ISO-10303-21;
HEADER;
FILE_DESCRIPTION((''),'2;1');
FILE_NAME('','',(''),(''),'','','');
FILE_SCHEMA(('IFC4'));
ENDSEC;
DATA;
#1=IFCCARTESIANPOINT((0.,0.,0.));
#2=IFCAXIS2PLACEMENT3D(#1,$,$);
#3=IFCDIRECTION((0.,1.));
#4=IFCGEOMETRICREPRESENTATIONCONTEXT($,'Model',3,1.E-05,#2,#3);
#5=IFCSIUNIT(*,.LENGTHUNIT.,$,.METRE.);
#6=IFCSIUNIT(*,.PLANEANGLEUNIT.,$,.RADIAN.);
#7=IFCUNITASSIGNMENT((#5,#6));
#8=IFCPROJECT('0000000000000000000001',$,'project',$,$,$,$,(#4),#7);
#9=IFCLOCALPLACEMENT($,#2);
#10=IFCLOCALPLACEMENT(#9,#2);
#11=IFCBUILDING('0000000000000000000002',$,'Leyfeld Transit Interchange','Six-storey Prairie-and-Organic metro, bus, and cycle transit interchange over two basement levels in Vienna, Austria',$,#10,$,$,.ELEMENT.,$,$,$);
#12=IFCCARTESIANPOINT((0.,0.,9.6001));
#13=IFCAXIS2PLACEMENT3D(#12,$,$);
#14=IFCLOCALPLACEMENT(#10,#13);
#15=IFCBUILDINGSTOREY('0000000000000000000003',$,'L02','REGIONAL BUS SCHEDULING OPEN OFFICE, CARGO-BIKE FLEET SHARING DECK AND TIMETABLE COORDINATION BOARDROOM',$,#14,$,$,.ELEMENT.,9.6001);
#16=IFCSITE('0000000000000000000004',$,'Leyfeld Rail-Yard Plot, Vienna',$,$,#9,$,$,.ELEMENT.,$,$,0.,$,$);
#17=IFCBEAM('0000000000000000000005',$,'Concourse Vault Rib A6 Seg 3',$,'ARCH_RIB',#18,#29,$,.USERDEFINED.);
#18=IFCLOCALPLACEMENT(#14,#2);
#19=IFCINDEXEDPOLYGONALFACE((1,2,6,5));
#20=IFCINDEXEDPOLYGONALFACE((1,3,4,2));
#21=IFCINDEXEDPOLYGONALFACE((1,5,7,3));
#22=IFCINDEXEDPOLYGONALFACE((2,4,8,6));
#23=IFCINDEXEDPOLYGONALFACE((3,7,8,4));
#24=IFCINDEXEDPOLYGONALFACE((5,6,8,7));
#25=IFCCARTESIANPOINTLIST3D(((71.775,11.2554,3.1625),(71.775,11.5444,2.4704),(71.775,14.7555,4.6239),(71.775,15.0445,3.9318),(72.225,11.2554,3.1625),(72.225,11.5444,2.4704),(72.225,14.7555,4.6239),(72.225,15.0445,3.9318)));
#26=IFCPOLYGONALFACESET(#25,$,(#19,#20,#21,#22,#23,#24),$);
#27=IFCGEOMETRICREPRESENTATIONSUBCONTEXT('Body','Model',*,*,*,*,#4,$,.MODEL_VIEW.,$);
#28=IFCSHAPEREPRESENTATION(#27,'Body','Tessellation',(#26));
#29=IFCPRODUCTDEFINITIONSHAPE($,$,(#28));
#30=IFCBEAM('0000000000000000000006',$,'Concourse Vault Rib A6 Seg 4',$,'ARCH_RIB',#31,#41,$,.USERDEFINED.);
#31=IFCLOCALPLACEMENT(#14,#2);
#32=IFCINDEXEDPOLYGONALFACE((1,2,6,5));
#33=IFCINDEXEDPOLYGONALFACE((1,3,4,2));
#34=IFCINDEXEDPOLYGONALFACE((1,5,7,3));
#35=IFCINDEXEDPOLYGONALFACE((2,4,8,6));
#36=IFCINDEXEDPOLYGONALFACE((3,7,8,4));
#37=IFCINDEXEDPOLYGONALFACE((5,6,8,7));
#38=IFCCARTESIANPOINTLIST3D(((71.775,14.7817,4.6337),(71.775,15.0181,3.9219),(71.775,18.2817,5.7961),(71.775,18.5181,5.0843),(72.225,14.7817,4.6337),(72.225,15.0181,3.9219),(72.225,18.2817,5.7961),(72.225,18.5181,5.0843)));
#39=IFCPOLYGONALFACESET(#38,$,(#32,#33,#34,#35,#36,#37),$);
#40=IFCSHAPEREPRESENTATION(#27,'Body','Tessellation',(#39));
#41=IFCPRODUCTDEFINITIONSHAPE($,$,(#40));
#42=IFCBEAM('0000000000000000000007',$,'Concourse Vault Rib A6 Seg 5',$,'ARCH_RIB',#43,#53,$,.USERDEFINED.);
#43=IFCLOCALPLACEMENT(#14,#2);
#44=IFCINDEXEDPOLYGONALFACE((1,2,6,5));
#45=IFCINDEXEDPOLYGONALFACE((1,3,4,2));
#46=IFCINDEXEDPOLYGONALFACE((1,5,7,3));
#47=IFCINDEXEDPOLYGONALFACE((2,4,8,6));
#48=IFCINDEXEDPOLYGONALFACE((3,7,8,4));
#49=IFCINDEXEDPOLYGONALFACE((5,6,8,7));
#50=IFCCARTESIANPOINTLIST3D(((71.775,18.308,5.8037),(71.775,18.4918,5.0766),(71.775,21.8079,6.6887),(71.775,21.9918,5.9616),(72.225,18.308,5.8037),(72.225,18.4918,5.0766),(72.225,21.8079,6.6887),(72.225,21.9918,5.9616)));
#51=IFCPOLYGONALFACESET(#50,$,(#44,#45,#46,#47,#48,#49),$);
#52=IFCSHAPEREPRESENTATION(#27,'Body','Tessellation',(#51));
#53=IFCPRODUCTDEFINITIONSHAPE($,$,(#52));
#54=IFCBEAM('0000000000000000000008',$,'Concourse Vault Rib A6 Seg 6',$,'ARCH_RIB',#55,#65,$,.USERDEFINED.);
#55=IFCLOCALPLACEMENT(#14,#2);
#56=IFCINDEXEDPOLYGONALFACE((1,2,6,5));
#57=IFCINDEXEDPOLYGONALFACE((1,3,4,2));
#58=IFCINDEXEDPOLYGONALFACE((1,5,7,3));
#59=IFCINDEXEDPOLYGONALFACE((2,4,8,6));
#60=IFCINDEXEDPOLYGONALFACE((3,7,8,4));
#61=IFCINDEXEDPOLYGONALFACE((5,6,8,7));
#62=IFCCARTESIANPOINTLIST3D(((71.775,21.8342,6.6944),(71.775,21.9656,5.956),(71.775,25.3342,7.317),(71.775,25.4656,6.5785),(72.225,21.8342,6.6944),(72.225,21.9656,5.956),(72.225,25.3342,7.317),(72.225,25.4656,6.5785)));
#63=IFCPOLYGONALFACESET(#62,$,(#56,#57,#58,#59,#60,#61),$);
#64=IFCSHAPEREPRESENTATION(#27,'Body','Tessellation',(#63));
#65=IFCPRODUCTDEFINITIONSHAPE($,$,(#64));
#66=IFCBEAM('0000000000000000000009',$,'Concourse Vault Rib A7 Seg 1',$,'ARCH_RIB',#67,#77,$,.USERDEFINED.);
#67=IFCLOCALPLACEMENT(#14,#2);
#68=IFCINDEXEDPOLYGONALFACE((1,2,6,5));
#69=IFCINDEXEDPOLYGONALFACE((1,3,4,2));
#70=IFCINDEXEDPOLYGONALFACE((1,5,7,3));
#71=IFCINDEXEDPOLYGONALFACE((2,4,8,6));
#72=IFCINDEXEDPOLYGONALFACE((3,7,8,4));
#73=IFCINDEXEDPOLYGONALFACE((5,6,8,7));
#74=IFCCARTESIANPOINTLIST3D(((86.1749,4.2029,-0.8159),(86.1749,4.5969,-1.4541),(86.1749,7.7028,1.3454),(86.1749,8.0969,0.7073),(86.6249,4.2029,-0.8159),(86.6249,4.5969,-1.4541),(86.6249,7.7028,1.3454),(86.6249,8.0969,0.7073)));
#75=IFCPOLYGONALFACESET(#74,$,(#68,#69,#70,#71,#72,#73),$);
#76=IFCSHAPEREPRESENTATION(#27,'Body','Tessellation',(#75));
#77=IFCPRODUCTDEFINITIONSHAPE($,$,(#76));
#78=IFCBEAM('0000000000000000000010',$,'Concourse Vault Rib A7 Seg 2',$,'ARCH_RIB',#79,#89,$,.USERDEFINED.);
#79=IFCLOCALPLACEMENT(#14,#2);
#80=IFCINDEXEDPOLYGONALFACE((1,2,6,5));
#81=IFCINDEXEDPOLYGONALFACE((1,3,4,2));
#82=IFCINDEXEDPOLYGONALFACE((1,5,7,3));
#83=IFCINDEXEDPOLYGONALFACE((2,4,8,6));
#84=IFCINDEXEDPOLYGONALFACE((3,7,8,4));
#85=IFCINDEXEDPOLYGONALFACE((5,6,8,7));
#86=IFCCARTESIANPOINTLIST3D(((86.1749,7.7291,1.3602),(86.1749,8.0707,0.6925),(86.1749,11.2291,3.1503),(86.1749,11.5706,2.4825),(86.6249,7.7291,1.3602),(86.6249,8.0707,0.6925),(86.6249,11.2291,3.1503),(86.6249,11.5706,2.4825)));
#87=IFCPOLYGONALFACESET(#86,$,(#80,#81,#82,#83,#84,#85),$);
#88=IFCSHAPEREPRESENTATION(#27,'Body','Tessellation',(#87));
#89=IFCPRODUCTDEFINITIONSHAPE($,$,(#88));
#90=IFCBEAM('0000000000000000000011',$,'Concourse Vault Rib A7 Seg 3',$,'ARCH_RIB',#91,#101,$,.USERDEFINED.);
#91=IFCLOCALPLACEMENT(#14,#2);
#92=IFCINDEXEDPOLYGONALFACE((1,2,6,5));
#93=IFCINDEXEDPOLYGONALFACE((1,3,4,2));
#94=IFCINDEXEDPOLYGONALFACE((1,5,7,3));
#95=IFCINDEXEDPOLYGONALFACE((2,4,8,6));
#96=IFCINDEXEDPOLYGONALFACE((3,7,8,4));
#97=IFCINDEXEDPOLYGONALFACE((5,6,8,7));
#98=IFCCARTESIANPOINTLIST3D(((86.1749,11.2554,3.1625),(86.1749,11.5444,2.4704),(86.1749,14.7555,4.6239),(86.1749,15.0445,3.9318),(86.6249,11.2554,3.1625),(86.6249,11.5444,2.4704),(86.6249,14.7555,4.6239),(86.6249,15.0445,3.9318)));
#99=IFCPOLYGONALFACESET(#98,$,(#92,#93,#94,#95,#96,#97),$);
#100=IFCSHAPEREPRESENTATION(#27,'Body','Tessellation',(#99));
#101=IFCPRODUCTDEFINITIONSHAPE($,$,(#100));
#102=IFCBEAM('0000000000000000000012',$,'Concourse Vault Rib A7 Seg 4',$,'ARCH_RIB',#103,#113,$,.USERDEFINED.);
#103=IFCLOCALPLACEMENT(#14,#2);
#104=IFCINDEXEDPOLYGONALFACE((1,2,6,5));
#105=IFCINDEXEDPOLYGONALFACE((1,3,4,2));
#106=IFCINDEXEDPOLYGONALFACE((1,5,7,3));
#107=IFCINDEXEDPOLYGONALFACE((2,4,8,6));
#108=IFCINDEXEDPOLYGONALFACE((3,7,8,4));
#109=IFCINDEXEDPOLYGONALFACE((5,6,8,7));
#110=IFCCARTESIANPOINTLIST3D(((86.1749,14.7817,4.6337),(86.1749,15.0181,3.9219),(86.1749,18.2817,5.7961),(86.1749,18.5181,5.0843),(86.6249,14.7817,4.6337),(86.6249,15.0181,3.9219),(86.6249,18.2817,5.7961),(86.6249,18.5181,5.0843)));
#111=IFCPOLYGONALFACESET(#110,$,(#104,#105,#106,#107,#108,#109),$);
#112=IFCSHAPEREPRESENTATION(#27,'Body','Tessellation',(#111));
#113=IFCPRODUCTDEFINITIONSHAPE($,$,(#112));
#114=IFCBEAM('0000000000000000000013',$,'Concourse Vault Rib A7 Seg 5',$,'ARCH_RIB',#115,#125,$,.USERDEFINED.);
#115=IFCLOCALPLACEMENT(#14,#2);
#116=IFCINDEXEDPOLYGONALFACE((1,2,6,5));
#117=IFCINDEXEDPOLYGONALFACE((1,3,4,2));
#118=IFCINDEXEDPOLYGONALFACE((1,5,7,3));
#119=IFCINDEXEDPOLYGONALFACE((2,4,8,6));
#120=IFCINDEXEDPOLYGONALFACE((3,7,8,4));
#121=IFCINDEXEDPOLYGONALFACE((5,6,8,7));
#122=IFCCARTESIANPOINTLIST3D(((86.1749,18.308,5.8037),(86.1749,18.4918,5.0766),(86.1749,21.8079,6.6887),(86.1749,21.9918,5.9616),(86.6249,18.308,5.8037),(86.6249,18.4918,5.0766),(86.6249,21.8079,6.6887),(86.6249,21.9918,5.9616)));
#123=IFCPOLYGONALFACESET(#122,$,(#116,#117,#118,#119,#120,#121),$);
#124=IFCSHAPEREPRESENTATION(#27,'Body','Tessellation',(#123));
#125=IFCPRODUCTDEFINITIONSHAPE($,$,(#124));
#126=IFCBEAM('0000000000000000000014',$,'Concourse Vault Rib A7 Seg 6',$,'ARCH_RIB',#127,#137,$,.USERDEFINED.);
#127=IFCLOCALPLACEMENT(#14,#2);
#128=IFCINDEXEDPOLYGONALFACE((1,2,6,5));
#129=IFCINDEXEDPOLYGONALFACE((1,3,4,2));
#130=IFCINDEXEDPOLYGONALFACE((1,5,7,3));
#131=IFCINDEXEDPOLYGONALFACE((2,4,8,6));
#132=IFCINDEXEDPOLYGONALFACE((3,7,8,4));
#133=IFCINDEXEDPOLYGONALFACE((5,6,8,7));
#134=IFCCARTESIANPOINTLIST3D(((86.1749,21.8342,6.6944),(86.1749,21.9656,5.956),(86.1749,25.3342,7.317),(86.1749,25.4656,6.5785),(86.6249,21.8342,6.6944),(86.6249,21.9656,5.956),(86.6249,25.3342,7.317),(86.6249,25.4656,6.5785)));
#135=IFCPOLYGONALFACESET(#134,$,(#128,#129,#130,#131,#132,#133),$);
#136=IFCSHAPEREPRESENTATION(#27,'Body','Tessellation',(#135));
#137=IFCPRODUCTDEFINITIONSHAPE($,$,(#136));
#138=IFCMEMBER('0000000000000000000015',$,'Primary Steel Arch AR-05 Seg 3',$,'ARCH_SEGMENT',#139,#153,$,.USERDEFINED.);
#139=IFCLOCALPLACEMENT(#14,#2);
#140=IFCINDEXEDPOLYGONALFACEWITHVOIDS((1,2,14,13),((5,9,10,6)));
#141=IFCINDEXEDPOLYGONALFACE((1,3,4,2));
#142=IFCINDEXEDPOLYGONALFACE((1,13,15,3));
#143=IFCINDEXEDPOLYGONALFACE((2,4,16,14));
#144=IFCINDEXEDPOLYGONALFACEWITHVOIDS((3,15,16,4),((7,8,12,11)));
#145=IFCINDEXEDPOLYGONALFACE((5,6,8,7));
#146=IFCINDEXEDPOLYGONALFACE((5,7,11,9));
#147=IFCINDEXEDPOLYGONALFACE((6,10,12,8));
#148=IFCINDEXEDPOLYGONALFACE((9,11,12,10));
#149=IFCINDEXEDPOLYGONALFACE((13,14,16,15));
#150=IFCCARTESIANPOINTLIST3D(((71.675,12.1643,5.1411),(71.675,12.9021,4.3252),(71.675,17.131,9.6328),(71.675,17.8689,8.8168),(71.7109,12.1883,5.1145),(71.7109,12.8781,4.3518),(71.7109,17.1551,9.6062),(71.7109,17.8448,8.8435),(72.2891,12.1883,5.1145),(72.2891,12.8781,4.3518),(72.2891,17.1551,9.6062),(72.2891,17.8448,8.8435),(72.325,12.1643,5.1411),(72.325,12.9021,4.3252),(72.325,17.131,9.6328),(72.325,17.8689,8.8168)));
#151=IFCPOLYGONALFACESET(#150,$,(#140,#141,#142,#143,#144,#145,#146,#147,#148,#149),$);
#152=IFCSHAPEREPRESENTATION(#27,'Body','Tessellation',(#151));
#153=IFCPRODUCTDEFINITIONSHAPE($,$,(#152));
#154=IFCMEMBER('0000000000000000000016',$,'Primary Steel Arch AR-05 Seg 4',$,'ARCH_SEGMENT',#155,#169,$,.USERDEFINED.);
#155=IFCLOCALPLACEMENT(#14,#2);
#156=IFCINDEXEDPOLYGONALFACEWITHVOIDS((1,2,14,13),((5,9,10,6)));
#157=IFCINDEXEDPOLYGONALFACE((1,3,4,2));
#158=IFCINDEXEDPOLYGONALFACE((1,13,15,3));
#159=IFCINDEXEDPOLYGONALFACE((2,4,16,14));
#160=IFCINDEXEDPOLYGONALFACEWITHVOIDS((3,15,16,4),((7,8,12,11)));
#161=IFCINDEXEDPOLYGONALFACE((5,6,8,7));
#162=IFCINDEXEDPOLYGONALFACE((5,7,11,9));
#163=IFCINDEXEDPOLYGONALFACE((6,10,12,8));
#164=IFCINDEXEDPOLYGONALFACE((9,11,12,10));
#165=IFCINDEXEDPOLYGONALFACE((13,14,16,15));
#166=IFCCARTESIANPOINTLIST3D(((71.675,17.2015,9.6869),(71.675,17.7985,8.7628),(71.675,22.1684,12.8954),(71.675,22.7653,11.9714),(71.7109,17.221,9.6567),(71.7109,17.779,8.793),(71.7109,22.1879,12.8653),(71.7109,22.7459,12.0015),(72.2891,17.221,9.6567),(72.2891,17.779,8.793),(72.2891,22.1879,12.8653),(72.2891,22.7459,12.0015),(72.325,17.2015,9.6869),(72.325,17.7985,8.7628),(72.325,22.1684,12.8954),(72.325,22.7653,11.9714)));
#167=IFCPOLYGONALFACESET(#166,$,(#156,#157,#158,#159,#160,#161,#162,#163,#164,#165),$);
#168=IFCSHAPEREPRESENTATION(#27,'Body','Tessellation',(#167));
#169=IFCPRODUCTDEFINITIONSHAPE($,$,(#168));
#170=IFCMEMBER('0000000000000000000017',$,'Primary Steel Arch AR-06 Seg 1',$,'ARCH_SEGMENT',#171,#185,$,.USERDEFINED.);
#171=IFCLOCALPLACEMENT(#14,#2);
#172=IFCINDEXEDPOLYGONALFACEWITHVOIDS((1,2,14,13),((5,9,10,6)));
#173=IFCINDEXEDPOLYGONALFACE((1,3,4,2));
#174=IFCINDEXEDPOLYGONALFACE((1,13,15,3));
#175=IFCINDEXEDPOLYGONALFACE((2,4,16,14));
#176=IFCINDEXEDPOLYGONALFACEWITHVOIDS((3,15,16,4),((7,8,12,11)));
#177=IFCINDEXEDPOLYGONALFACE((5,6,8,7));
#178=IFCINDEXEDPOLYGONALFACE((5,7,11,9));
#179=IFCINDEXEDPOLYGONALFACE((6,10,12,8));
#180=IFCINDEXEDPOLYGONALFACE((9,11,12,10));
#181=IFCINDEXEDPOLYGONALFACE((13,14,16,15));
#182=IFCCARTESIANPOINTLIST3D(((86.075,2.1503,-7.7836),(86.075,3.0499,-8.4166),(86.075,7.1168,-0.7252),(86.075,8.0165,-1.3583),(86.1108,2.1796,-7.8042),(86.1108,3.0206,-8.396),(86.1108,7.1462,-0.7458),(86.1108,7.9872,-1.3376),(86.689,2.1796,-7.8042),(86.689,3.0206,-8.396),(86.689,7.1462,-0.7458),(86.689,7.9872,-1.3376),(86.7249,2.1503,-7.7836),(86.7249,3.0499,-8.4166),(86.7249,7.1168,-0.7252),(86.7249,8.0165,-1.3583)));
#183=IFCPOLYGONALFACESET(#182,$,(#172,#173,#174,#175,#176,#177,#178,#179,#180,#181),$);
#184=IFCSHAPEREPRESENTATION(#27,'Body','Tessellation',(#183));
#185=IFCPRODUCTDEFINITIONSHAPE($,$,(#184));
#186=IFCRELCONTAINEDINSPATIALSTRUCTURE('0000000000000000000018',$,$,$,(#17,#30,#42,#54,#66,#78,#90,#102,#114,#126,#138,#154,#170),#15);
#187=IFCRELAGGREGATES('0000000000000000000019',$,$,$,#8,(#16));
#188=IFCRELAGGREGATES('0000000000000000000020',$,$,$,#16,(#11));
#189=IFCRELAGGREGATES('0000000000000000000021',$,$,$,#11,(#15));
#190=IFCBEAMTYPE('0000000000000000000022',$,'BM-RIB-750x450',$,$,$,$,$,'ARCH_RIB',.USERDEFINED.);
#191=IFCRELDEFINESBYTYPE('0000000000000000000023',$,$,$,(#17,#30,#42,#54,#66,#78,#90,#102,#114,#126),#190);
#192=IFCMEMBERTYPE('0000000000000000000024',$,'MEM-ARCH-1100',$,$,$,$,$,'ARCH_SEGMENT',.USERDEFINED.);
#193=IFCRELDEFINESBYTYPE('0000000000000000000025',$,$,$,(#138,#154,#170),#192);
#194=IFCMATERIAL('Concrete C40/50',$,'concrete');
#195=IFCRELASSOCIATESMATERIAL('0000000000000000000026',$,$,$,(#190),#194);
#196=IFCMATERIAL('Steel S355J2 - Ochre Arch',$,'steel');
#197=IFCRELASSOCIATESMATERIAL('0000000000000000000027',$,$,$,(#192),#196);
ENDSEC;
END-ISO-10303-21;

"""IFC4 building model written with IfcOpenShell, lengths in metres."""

from ifc_helpers import new_model, si_unit, direction, frame, origin, origin_2d, place, context, subcontext, project, spatial, rectangle, hollow_rectangle, extrude, material, material_profile, profile_set, type_object, element, save


model = new_model("IFC4")

# Units and contexts
model_context = context("Model", 3, precision=1e-05, world=origin(), true_north=direction((0.0, 1.0)))
body_context = subcontext(model_context, "Body", "Model", "MODEL_VIEW")
ifc_project = project(units=[si_unit("LENGTHUNIT", "METRE"), si_unit("PLANEANGLEUNIT", "RADIAN")], contexts=[model_context])

# Site, building, storey
site_placement = place(None, origin())
site = spatial("IfcSite", under=ifc_project, at=site_placement, Name="Leyfeld Rail-Yard Plot, Vienna", CompositionType="ELEMENT", RefElevation=0.0)
building_placement = place(site_placement, origin())
building = spatial("IfcBuilding", under=site, at=building_placement, Name="Leyfeld Transit Interchange", Description="Six-storey Prairie-and-Organic metro, bus, and cycle transit interchange over two basement levels in Vienna, Austria", CompositionType="ELEMENT")
storey_placement = place(building_placement, frame((0.0, 0.0, 9.6001)))
storey = spatial("IfcBuildingStorey", under=building, at=storey_placement, Name="L02", Description="REGIONAL BUS SCHEDULING OPEN OFFICE, CARGO-BIKE FLEET SHARING DECK AND TIMETABLE COORDINATION BOARDROOM", CompositionType="ELEMENT", Elevation=9.6001)

# Beams
ifc_material_1 = material(Name="Concrete C40/50", Category="concrete")
ifc_material_profile_1 = material_profile(ifc_material_1, rectangle(XDim=0.45, YDim=0.75, at=origin_2d()), Name="RC 750x450 RIB")
ifc_profile_set_1 = profile_set([ifc_material_profile_1], Name="Concrete C40/50")
beam_type = type_object("IfcBeamType", Name="BM-RIB-750x450", ElementType="ARCH_RIB", PredefinedType="USERDEFINED", material=ifc_profile_set_1)
beam_1_placement = place(storey_placement, frame((72.0, 11.3999, 2.8164), z_axis=(0.0, 0.922787, 0.38531), x_axis=(-1.0, 0.0, 0.0)))
element("IfcBeam", 1, at=beam_1_placement, inside=storey, type_object=beam_type, Name="Concourse Vault Rib A6 Seg 3", ObjectType="ARCH_RIB", PredefinedType="USERDEFINED", context=body_context, shape_type="SweptSolid", body=[
    extrude(rectangle(XDim=0.45, YDim=0.75, at=origin_2d()), origin(), (0.0, 0.0, 1.0), 3.793),
])
beam_2_placement = place(storey_placement, frame((72.0, 14.8999, 4.2778), z_axis=(0.0, 0.949034, 0.315175), x_axis=(-1.0, 0.0, 0.0)))
element("IfcBeam", 2, at=beam_2_placement, inside=storey, type_object=beam_type, Name="Concourse Vault Rib A6 Seg 4", ObjectType="ARCH_RIB", PredefinedType="USERDEFINED", context=body_context, shape_type="SweptSolid", body=[
    extrude(rectangle(XDim=0.45, YDim=0.75, at=origin_2d()), origin(), (0.0, 0.0, 1.0), 3.688),
])
beam_3_placement = place(storey_placement, frame((72.0, 18.3999, 5.4402), z_axis=(0.0, 0.969487, 0.245144), x_axis=(-1.0, 0.0, 0.0)))
element("IfcBeam", 3, at=beam_3_placement, inside=storey, type_object=beam_type, Name="Concourse Vault Rib A6 Seg 5", ObjectType="ARCH_RIB", PredefinedType="USERDEFINED", context=body_context, shape_type="SweptSolid", body=[
    extrude(rectangle(XDim=0.45, YDim=0.75, at=origin_2d()), origin(), (0.0, 0.0, 1.0), 3.6101),
])
beam_4_placement = place(storey_placement, frame((72.0, 21.8999, 6.3252), z_axis=(0.0, 0.984546, 0.175125), x_axis=(-1.0, 0.0, 0.0)))
element("IfcBeam", 4, at=beam_4_placement, inside=storey, type_object=beam_type, Name="Concourse Vault Rib A6 Seg 6", ObjectType="ARCH_RIB", PredefinedType="USERDEFINED", context=body_context, shape_type="SweptSolid", body=[
    extrude(rectangle(XDim=0.45, YDim=0.75, at=origin_2d()), origin(), (0.0, 0.0, 1.0), 3.5549),
])
beam_5_placement = place(storey_placement, frame((86.3999, 4.3999, -1.135), z_axis=(0.0, 0.85084, 0.525425), x_axis=(-1.0, 0.0, 0.0)))
element("IfcBeam", 5, at=beam_5_placement, inside=storey, type_object=beam_type, Name="Concourse Vault Rib A7 Seg 1", ObjectType="ARCH_RIB", PredefinedType="USERDEFINED", context=body_context, shape_type="SweptSolid", body=[
    extrude(rectangle(XDim=0.45, YDim=0.75, at=origin_2d()), origin(), (0.0, 0.0, 1.0), 4.1135),
])
beam_6_placement = place(storey_placement, frame((86.3999, 7.8999, 1.0264), z_axis=(0.0, 0.890316, 0.455343), x_axis=(-1.0, 0.0, 0.0)))
element("IfcBeam", 6, at=beam_6_placement, inside=storey, type_object=beam_type, Name="Concourse Vault Rib A7 Seg 2", ObjectType="ARCH_RIB", PredefinedType="USERDEFINED", context=body_context, shape_type="SweptSolid", body=[
    extrude(rectangle(XDim=0.45, YDim=0.75, at=origin_2d()), origin(), (0.0, 0.0, 1.0), 3.9312),
])
beam_7_placement = place(storey_placement, frame((86.3999, 11.3999, 2.8164), z_axis=(0.0, 0.922787, 0.38531), x_axis=(-1.0, 0.0, 0.0)))
element("IfcBeam", 7, at=beam_7_placement, inside=storey, type_object=beam_type, Name="Concourse Vault Rib A7 Seg 3", ObjectType="ARCH_RIB", PredefinedType="USERDEFINED", context=body_context, shape_type="SweptSolid", body=[
    extrude(rectangle(XDim=0.45, YDim=0.75, at=origin_2d()), origin(), (0.0, 0.0, 1.0), 3.793),
])
beam_8_placement = place(storey_placement, frame((86.3999, 14.8999, 4.2778), z_axis=(0.0, 0.949034, 0.315175), x_axis=(-1.0, 0.0, 0.0)))
element("IfcBeam", 8, at=beam_8_placement, inside=storey, type_object=beam_type, Name="Concourse Vault Rib A7 Seg 4", ObjectType="ARCH_RIB", PredefinedType="USERDEFINED", context=body_context, shape_type="SweptSolid", body=[
    extrude(rectangle(XDim=0.45, YDim=0.75, at=origin_2d()), origin(), (0.0, 0.0, 1.0), 3.688),
])
beam_9_placement = place(storey_placement, frame((86.3999, 18.3999, 5.4402), z_axis=(0.0, 0.969487, 0.245144), x_axis=(-1.0, 0.0, 0.0)))
element("IfcBeam", 9, at=beam_9_placement, inside=storey, type_object=beam_type, Name="Concourse Vault Rib A7 Seg 5", ObjectType="ARCH_RIB", PredefinedType="USERDEFINED", context=body_context, shape_type="SweptSolid", body=[
    extrude(rectangle(XDim=0.45, YDim=0.75, at=origin_2d()), origin(), (0.0, 0.0, 1.0), 3.6101),
])
beam_10_placement = place(storey_placement, frame((86.3999, 21.8999, 6.3252), z_axis=(0.0, 0.984546, 0.175125), x_axis=(-1.0, 0.0, 0.0)))
element("IfcBeam", 10, at=beam_10_placement, inside=storey, type_object=beam_type, Name="Concourse Vault Rib A7 Seg 6", ObjectType="ARCH_RIB", PredefinedType="USERDEFINED", context=body_context, shape_type="SweptSolid", body=[
    extrude(rectangle(XDim=0.45, YDim=0.75, at=origin_2d()), origin(), (0.0, 0.0, 1.0), 3.5549),
])

# Members
ifc_material_2 = material(Name="Steel S355J2 - Ochre Arch", Category="steel")
ifc_material_profile_2 = material_profile(ifc_material_2, hollow_rectangle(XDim=0.6499, YDim=1.1001, WallThickness=0.0359, at=origin_2d()), Name="RHS 1100x650x36")
ifc_profile_set_2 = profile_set([ifc_material_profile_2], Name="Steel S355J2 - Ochre Arch")
member_type_1 = type_object("IfcMemberType", Name="MEM-ARCH-1100", ElementType="ARCH_SEGMENT", PredefinedType="USERDEFINED", material=ifc_profile_set_2)
member_1_placement = place(storey_placement, frame((72.0, 12.5332, 4.7332), z_axis=(0.0, 0.741689, 0.670743), x_axis=(-1.0, 0.0, 0.0)))
element("IfcMember", 11, at=member_1_placement, inside=storey, type_object=member_type_1, Name="Primary Steel Arch AR-05 Seg 3", ObjectType="ARCH_SEGMENT", PredefinedType="USERDEFINED", context=body_context, shape_type="SweptSolid", body=[
    extrude(hollow_rectangle(XDim=0.6499, YDim=1.1001, WallThickness=0.0359, at=origin_2d()), origin(), (0.0, 0.0, 1.0), 6.6965),
])
member_2_placement = place(storey_placement, frame((72.0, 17.5, 9.2249), z_axis=(0.0, 0.83998, 0.542618), x_axis=(-1.0, 0.0, 0.0)))
element("IfcMember", 12, at=member_2_placement, inside=storey, type_object=member_type_1, Name="Primary Steel Arch AR-05 Seg 4", ObjectType="ARCH_SEGMENT", PredefinedType="USERDEFINED", context=body_context, shape_type="SweptSolid", body=[
    extrude(hollow_rectangle(XDim=0.6499, YDim=1.1001, WallThickness=0.0359, at=origin_2d()), origin(), (0.0, 0.0, 1.0), 5.9131),
])
member_3_placement = place(storey_placement, frame((86.3999, 2.6001, -8.1001), z_axis=(0.0, 0.57546, 0.81783), x_axis=(-1.0, 0.0, 0.0)))
element("IfcMember", 13, at=member_3_placement, inside=storey, type_object=member_type_1, Name="Primary Steel Arch AR-06 Seg 1", ObjectType="ARCH_SEGMENT", PredefinedType="USERDEFINED", context=body_context, shape_type="SweptSolid", body=[
    extrude(hollow_rectangle(XDim=0.6499, YDim=1.1001, WallThickness=0.0359, at=origin_2d()), origin(), (0.0, 0.0, 1.0), 8.6306),
])

save(model, "model.ifc")
